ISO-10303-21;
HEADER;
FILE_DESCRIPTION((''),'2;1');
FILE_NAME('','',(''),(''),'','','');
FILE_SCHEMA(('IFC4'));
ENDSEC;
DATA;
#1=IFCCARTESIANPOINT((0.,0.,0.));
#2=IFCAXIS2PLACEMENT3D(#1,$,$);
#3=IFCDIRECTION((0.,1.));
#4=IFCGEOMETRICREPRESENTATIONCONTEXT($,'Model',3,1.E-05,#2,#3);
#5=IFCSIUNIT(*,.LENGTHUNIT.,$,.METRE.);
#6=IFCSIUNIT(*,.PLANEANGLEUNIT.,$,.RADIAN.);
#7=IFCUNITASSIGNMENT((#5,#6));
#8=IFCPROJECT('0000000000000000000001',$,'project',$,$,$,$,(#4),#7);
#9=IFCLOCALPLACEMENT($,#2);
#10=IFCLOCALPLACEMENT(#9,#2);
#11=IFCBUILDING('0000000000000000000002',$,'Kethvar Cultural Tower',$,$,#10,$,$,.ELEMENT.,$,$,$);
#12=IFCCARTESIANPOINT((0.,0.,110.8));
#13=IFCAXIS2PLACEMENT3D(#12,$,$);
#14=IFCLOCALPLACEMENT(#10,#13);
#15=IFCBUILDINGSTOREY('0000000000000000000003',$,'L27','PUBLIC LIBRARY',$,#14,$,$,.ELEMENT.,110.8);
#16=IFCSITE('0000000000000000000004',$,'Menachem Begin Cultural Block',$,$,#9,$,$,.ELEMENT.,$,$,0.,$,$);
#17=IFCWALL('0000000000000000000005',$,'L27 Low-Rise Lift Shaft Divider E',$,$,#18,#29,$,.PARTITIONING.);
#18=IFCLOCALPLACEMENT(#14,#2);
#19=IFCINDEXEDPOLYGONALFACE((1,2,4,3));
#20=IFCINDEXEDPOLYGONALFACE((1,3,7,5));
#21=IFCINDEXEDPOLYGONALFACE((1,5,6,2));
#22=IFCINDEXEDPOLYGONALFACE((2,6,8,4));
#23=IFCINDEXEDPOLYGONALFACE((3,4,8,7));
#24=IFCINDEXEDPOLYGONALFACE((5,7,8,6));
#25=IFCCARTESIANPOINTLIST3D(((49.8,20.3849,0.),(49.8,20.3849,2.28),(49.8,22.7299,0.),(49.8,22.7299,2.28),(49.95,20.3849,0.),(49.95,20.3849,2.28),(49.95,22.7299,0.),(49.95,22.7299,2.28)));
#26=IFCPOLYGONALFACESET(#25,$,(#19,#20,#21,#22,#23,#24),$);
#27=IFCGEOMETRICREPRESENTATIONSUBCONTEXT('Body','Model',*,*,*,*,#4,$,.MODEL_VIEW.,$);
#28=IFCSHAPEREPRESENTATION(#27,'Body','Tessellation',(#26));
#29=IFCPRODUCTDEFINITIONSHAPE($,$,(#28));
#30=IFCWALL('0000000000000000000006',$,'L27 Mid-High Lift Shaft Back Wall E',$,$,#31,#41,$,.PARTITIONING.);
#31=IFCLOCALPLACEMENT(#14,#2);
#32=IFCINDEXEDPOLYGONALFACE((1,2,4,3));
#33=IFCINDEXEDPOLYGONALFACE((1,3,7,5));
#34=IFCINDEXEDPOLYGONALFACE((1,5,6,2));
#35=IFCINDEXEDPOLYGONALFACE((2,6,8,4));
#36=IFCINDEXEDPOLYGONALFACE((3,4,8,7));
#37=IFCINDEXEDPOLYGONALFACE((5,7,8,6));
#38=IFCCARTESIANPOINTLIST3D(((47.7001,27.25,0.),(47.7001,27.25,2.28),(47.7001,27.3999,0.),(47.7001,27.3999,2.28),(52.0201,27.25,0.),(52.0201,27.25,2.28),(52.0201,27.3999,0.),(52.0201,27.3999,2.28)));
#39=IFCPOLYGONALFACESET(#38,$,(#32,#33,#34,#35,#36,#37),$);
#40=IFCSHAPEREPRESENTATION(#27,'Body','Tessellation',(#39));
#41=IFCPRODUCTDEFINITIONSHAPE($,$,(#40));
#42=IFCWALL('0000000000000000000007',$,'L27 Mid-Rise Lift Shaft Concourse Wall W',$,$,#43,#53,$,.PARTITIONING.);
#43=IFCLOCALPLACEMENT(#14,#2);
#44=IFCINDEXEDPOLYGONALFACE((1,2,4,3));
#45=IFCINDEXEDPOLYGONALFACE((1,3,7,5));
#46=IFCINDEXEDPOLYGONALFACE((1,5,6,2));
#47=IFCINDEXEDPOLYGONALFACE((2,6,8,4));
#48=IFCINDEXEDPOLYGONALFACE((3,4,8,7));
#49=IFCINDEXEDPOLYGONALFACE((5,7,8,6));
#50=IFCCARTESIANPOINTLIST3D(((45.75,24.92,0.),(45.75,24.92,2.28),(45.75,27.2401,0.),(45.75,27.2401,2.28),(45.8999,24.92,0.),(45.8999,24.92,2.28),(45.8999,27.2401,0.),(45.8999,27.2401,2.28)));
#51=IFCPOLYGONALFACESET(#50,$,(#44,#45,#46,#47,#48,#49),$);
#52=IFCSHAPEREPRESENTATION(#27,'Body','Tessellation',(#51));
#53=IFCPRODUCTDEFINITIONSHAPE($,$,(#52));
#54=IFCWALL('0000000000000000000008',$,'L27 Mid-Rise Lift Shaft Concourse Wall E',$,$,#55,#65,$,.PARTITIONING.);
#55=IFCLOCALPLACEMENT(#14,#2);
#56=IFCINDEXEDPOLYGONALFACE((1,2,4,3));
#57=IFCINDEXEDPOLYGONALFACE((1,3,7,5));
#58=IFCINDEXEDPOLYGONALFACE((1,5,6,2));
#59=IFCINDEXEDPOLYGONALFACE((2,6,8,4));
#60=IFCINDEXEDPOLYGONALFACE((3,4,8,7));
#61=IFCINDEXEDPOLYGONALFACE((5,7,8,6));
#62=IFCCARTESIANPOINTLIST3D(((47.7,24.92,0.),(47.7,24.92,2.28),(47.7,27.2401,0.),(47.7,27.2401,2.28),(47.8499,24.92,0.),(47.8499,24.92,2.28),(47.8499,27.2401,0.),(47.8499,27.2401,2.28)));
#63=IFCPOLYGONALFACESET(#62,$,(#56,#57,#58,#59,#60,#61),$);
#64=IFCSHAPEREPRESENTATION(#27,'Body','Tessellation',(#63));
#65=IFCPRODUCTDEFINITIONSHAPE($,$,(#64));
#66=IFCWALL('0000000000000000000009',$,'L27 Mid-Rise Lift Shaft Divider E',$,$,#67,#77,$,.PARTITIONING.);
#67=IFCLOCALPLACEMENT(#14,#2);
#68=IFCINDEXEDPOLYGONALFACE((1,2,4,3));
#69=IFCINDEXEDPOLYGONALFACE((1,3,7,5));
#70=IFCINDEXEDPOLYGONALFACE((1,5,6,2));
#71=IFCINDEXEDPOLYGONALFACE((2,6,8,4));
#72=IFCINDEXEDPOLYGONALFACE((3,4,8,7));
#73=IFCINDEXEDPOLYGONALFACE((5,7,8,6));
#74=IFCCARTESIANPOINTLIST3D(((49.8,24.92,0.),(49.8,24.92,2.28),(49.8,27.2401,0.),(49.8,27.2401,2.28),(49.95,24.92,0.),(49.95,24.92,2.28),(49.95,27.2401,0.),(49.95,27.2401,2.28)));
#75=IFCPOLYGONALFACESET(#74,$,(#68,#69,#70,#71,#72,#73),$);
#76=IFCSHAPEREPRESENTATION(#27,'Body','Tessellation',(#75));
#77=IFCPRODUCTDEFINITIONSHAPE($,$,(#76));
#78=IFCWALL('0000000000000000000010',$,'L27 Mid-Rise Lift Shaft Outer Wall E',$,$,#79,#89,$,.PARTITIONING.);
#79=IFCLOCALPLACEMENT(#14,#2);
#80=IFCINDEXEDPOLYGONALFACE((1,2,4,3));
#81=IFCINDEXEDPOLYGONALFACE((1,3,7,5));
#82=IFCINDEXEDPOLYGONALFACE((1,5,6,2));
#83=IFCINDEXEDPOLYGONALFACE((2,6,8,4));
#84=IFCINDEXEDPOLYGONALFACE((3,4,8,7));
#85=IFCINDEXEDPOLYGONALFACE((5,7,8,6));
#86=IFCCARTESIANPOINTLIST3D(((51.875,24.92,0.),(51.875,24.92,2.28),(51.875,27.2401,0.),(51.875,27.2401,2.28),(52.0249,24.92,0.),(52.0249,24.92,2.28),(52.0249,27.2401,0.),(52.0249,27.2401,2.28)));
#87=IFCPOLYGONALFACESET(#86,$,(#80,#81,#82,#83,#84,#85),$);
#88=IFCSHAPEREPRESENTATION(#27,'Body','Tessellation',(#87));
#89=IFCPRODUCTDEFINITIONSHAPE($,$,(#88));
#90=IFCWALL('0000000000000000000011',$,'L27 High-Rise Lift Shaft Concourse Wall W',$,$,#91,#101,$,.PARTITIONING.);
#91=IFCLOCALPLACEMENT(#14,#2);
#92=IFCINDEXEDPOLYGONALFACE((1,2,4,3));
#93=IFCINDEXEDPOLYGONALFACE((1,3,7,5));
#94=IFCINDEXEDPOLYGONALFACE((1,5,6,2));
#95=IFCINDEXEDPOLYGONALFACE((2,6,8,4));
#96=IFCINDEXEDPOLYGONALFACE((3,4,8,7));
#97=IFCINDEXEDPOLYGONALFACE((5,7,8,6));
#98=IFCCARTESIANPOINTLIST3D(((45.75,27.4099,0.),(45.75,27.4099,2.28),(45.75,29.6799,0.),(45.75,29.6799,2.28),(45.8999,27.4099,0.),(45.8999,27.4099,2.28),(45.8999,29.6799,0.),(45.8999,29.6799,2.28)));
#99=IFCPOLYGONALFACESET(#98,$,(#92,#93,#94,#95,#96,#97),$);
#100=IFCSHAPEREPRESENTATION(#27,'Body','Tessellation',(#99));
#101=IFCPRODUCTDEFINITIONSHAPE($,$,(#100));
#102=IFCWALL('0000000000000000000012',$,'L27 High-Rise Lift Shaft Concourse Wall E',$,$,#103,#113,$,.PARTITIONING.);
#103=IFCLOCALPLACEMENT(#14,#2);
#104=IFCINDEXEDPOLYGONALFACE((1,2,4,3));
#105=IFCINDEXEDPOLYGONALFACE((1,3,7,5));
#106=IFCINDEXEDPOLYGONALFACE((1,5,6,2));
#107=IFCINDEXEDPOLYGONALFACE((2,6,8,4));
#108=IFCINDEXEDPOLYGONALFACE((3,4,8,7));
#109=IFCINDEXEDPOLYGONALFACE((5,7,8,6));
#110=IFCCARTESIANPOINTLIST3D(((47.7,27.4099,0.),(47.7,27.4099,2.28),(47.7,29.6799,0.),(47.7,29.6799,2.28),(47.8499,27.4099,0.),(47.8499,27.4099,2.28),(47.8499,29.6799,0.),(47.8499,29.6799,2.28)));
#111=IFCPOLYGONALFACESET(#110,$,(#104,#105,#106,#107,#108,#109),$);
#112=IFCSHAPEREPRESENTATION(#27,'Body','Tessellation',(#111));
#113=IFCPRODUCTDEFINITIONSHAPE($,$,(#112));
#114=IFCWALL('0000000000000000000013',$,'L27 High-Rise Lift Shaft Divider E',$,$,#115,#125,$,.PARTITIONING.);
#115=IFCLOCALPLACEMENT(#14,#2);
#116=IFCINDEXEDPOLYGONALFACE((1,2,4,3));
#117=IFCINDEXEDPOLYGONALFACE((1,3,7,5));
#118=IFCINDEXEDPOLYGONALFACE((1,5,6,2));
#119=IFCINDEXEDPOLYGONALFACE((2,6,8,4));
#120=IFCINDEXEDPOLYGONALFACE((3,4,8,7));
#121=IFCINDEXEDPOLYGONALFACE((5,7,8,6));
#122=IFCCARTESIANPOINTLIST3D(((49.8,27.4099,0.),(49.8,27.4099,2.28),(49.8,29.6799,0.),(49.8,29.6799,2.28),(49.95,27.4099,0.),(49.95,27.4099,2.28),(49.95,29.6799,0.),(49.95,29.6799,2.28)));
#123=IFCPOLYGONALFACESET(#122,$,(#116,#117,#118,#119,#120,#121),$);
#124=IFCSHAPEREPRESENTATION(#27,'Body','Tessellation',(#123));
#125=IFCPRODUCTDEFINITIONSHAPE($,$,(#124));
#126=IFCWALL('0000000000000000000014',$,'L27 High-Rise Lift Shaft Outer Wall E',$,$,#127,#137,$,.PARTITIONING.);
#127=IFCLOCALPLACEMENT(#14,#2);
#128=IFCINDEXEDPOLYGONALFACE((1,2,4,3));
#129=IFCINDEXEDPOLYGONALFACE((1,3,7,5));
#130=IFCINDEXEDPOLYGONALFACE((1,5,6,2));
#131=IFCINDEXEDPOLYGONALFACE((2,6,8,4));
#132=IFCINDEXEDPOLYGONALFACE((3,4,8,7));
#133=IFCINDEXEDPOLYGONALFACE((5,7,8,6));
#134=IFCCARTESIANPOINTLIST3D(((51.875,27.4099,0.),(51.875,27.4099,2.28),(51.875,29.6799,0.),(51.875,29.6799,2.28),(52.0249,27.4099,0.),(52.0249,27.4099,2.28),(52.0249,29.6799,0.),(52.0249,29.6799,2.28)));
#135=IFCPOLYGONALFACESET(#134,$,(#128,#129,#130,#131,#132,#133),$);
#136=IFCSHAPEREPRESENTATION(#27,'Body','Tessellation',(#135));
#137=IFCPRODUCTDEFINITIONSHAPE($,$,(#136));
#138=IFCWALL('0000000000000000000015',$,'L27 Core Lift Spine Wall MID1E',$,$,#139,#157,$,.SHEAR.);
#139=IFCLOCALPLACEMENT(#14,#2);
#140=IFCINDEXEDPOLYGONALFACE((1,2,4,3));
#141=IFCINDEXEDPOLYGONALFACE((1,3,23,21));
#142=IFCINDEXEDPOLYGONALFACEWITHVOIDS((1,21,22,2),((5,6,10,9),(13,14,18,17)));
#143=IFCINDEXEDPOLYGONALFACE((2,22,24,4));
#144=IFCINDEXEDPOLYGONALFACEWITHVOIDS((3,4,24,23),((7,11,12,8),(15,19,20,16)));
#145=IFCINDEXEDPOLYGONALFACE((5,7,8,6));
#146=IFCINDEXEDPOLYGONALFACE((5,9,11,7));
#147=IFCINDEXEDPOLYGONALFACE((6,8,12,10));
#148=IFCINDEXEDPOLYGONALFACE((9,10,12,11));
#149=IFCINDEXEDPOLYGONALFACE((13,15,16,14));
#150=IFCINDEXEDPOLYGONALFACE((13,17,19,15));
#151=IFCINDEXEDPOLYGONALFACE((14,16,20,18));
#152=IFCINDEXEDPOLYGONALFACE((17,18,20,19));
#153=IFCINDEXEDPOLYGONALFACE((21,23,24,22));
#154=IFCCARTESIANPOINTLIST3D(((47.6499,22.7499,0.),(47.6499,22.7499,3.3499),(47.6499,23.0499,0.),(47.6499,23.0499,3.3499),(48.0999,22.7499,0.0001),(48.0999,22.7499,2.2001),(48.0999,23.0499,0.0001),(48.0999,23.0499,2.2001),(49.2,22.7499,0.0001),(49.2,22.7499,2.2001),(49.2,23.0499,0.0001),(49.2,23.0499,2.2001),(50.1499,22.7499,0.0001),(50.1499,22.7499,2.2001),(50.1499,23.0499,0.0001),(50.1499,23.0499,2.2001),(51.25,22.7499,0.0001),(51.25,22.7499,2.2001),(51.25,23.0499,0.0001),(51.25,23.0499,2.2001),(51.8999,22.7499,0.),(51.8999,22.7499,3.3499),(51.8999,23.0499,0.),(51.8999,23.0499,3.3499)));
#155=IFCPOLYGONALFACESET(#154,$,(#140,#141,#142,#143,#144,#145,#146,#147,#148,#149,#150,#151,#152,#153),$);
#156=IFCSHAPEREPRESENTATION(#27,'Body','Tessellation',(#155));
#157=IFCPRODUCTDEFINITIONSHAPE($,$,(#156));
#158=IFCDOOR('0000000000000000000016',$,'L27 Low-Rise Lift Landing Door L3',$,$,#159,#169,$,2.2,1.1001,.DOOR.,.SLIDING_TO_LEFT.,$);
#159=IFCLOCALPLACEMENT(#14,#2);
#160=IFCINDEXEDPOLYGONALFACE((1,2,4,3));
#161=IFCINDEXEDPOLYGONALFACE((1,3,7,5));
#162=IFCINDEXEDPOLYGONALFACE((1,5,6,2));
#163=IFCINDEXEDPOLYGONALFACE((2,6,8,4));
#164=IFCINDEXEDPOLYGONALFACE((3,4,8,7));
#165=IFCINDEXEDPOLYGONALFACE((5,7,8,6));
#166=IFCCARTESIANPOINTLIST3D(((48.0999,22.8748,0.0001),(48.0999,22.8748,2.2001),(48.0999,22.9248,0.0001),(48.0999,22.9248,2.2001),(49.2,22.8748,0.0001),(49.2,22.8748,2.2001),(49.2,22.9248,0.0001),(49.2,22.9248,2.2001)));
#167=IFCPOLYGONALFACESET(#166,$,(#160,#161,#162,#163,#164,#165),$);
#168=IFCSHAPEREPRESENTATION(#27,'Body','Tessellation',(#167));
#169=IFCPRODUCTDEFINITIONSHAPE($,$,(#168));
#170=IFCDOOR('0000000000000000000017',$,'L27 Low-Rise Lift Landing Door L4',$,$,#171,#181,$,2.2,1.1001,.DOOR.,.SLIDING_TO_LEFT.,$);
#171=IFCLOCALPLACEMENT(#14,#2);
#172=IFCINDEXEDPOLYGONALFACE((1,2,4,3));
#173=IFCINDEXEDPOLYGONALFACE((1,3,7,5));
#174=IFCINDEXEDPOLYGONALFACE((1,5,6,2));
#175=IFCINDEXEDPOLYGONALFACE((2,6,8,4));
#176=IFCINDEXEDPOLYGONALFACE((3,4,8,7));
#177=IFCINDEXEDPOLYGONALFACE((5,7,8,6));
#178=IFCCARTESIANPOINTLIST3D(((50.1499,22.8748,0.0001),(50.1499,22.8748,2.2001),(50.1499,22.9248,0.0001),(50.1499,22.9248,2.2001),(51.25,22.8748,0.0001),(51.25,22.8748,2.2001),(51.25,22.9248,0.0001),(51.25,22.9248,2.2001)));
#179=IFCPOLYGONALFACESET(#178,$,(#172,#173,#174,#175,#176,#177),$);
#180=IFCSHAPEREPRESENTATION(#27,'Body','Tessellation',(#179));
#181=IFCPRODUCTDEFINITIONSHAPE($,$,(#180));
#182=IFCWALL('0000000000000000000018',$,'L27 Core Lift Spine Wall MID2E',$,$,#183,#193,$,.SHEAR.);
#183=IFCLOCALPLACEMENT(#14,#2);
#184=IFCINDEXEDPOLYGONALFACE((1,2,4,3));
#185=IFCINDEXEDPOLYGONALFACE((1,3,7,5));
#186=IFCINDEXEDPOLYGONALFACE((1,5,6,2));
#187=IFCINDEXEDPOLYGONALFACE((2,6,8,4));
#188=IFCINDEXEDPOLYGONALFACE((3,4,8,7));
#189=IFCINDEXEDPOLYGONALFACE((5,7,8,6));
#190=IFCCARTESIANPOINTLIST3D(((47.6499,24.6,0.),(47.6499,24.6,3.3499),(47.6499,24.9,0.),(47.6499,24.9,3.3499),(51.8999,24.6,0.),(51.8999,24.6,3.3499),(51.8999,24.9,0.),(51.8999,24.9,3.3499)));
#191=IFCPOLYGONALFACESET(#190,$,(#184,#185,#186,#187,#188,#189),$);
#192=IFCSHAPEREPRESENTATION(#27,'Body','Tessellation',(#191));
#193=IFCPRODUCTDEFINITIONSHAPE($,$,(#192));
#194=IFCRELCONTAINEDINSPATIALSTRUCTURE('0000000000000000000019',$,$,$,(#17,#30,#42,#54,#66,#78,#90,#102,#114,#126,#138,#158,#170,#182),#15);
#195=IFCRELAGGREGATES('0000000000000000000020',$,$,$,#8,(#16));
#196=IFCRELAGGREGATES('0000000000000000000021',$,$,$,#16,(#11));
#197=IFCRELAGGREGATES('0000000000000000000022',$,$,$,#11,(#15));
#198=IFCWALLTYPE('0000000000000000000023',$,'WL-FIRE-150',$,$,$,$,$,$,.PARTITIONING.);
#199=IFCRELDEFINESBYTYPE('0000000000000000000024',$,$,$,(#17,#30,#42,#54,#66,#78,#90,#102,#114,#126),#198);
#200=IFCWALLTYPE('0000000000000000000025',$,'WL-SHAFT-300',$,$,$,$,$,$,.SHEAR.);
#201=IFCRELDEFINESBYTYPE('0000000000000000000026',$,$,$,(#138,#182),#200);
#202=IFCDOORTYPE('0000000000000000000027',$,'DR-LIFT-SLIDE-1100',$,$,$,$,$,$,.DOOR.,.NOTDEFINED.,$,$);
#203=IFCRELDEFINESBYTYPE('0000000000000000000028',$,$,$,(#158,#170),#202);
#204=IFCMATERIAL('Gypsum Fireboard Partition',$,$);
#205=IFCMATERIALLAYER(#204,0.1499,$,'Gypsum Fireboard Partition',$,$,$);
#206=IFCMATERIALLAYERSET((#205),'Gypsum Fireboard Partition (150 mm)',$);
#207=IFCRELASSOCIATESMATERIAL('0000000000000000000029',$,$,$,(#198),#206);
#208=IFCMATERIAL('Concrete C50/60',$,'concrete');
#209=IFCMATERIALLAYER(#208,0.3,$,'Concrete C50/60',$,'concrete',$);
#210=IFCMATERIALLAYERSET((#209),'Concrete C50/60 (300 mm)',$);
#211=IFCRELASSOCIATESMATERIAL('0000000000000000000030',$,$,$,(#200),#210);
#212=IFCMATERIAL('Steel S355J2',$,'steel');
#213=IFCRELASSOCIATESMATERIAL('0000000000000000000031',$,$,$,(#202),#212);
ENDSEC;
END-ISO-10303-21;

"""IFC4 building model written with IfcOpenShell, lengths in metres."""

from ifc_helpers import new_model, si_unit, direction, frame, frame_2d, origin, place, context, subcontext, project, spatial, rectangle, extrude, source, transform, mapped, material, layer, layer_set, type_object, element, fill, save


model = new_model("IFC4")

# Units and contexts
model_context = context("Model", 3, precision=1e-05, world=origin(), true_north=direction((0.0, 1.0)))
body_context = subcontext(model_context, "Body", "Model", "MODEL_VIEW")
ifc_project = project(units=[si_unit("LENGTHUNIT", "METRE"), si_unit("PLANEANGLEUNIT", "RADIAN")], contexts=[model_context])

# Site, building, storey
site_placement = place(None, origin())
site = spatial("IfcSite", under=ifc_project, at=site_placement, Name="Menachem Begin Cultural Block", CompositionType="ELEMENT", RefElevation=0.0)
building_placement = place(site_placement, origin())
building = spatial("IfcBuilding", under=site, at=building_placement, Name="Kethvar Cultural Tower", CompositionType="ELEMENT")
storey_placement = place(building_placement, frame((0.0, 0.0, 110.8)))
storey = spatial("IfcBuildingStorey", under=building, at=storey_placement, Name="L27", Description="PUBLIC LIBRARY", CompositionType="ELEMENT", Elevation=110.8)

# Shared definitions
ifc_material_1 = material(Name="Steel S355J2", Category="steel")

# Walls
ifc_material_2 = material(Name="Gypsum Fireboard Partition")
ifc_layer_1 = layer(ifc_material_2, 0.1499, Name="Gypsum Fireboard Partition")
ifc_layer_set_1 = layer_set([ifc_layer_1], Name="Gypsum Fireboard Partition (150 mm)")
wall_type_1 = type_object("IfcWallType", Name="WL-FIRE-150", PredefinedType="PARTITIONING", material=ifc_layer_set_1)
wall_1_placement = place(storey_placement, frame((49.875, 20.385, 0.0), z_axis=(0.0, 0.0, 1.0), x_axis=(0.0, 1.0, 0.0)))
element("IfcWall", 1, at=wall_1_placement, inside=storey, type_object=wall_type_1, Name="L27 Low-Rise Lift Shaft Divider E", PredefinedType="PARTITIONING", context=body_context, shape_type="SweptSolid", body=[
    extrude(rectangle(XDim=2.345, YDim=0.1499, at=frame_2d((1.1724, 0.0))), origin(), (0.0, 0.0, 1.0), 2.28),
])
wall_2_placement = place(storey_placement, frame((47.7, 27.325, 0.0), z_axis=(0.0, 0.0, 1.0), x_axis=(1.0, 0.0, 0.0)))
element("IfcWall", 2, at=wall_2_placement, inside=storey, type_object=wall_type_1, Name="L27 Mid-High Lift Shaft Back Wall E", PredefinedType="PARTITIONING", context=body_context, shape_type="SweptSolid", body=[
    extrude(rectangle(XDim=4.3201, YDim=0.1499, at=frame_2d((2.1602, 0.0))), origin(), (0.0, 0.0, 1.0), 2.28),
])
for number, where, z_axis, x_axis, name in (
    (3, (45.825, 24.9199, 0.0), (0.0, 0.0, 1.0), (0.0, 1.0, 0.0), "L27 Mid-Rise Lift Shaft Concourse Wall W"),
    (4, (47.7749, 24.9199, 0.0), (0.0, 0.0, 1.0), (0.0, 1.0, 0.0), "L27 Mid-Rise Lift Shaft Concourse Wall E"),
    (5, (49.875, 24.9199, 0.0), (0.0, 0.0, 1.0), (0.0, 1.0, 0.0), "L27 Mid-Rise Lift Shaft Divider E"),
    (6, (51.95, 24.9199, 0.0), (0.0, 0.0, 1.0), (0.0, 1.0, 0.0), "L27 Mid-Rise Lift Shaft Outer Wall E"),
):
    element("IfcWall", number, at=place(storey_placement, frame(where, z_axis=z_axis, x_axis=x_axis)), inside=storey, type_object=wall_type_1, Name=name, PredefinedType="PARTITIONING", context=body_context, shape_type="SweptSolid", body=[
        extrude(rectangle(XDim=2.3201, YDim=0.1499, at=frame_2d((1.1602, 0.0))), origin(), (0.0, 0.0, 1.0), 2.28),
    ])
for number, where, z_axis, x_axis, name in (
    (7, (45.825, 27.4099, 0.0), (0.0, 0.0, 1.0), (0.0, 1.0, 0.0), "L27 High-Rise Lift Shaft Concourse Wall W"),
    (8, (47.7749, 27.4099, 0.0), (0.0, 0.0, 1.0), (0.0, 1.0, 0.0), "L27 High-Rise Lift Shaft Concourse Wall E"),
    (9, (49.875, 27.4099, 0.0), (0.0, 0.0, 1.0), (0.0, 1.0, 0.0), "L27 High-Rise Lift Shaft Divider E"),
    (10, (51.95, 27.4099, 0.0), (0.0, 0.0, 1.0), (0.0, 1.0, 0.0), "L27 High-Rise Lift Shaft Outer Wall E"),
):
    element("IfcWall", number, at=place(storey_placement, frame(where, z_axis=z_axis, x_axis=x_axis)), inside=storey, type_object=wall_type_1, Name=name, PredefinedType="PARTITIONING", context=body_context, shape_type="SweptSolid", body=[
        extrude(rectangle(XDim=2.27, YDim=0.1499, at=frame_2d((1.135, 0.0))), origin(), (0.0, 0.0, 1.0), 2.28),
    ])

# Wall, openings, doors
ifc_material_3 = material(Name="Concrete C50/60", Category="concrete")
ifc_layer_2 = layer(ifc_material_3, 0.3, Name="Concrete C50/60", Category="concrete")
ifc_layer_set_2 = layer_set([ifc_layer_2], Name="Concrete C50/60 (300 mm)")
wall_type_2 = type_object("IfcWallType", Name="WL-SHAFT-300", PredefinedType="SHEAR", material=ifc_layer_set_2)
wall_3_placement = place(storey_placement, frame((47.6499, 22.8999, 0.0), z_axis=(0.0, 0.0, 1.0), x_axis=(1.0, 0.0, 0.0)))
wall_3 = element("IfcWall", 11, at=wall_3_placement, inside=storey, type_object=wall_type_2, Name="L27 Core Lift Spine Wall MID1E", PredefinedType="SHEAR", context=body_context, shape_type="SweptSolid", body=[
    extrude(rectangle(XDim=4.25, YDim=0.3, at=frame_2d((2.125, 0.0))), origin(), (0.0, 0.0, 1.0), 3.3499),
])
opening_1_placement = place(wall_3_placement, frame((0.45, 0.0, 0.0)))
opening_1 = element("IfcOpeningElement", 12, at=opening_1_placement, cuts=wall_3, PredefinedType="OPENING", context=body_context, shape_type="SweptSolid", body=[
    extrude(rectangle(XDim=1.1001, YDim=2.2, at=frame_2d((0.55, 1.1001))), frame((0.0, 0.1599, 0.0), z_axis=(0.0, -1.0, 0.0), x_axis=(1.0, 0.0, 0.0)), (0.0, 0.0, 1.0), 0.3201),
])
opening_2_placement = place(wall_3_placement, frame((2.5, 0.0, 0.0)))
opening_2 = element("IfcOpeningElement", 13, at=opening_2_placement, cuts=wall_3, PredefinedType="OPENING", context=body_context, shape_type="SweptSolid", body=[
    extrude(rectangle(XDim=1.1001, YDim=2.2, at=frame_2d((0.55, 1.1001))), frame((0.0, 0.1599, 0.0), z_axis=(0.0, -1.0, 0.0), x_axis=(1.0, 0.0, 0.0)), (0.0, 0.0, 1.0), 0.3201),
])
door_type = type_object("IfcDoorType", Name="DR-LIFT-SLIDE-1100", OperationType="NOTDEFINED", PredefinedType="DOOR", material=ifc_material_1)
shared_shape_1 = source(origin(), body_context, "Body", "SweptSolid", [
    extrude(rectangle(XDim=1.1001, YDim=2.2, at=frame_2d((0.55, 1.1001))), frame((0.0, 0.0249, 0.0), z_axis=(0.0, -1.0, 0.0), x_axis=(1.0, 0.0, 0.0)), (0.0, 0.0, 1.0), 0.05),
])
door_1_placement = place(opening_1_placement, origin())
door_1 = element("IfcDoor", 14, at=door_1_placement, inside=storey, type_object=door_type, Name="L27 Low-Rise Lift Landing Door L3", OperationType="SLIDING_TO_LEFT", OverallHeight=2.2, OverallWidth=1.1001, PredefinedType="DOOR", context=body_context, shape_type="MappedRepresentation", body=[
    mapped(shared_shape_1, transform((0.0, 0.0, 0.0), scale=1.0)),
])
fill(opening_1, door_1)
door_2_placement = place(opening_2_placement, origin())
door_2 = element("IfcDoor", 15, at=door_2_placement, inside=storey, type_object=door_type, Name="L27 Low-Rise Lift Landing Door L4", OperationType="SLIDING_TO_LEFT", OverallHeight=2.2, OverallWidth=1.1001, PredefinedType="DOOR", context=body_context, shape_type="MappedRepresentation", body=[
    mapped(shared_shape_1, transform((0.0, 0.0, 0.0), scale=1.0)),
])
fill(opening_2, door_2)

# Wall
wall_4_placement = place(storey_placement, frame((47.6499, 24.75, 0.0), z_axis=(0.0, 0.0, 1.0), x_axis=(1.0, 0.0, 0.0)))
element("IfcWall", 16, at=wall_4_placement, inside=storey, type_object=wall_type_2, Name="L27 Core Lift Spine Wall MID2E", PredefinedType="SHEAR", context=body_context, shape_type="SweptSolid", body=[
    extrude(rectangle(XDim=4.25, YDim=0.3, at=frame_2d((2.125, 0.0))), origin(), (0.0, 0.0, 1.0), 3.3499),
])

save(model, "model.ifc")
